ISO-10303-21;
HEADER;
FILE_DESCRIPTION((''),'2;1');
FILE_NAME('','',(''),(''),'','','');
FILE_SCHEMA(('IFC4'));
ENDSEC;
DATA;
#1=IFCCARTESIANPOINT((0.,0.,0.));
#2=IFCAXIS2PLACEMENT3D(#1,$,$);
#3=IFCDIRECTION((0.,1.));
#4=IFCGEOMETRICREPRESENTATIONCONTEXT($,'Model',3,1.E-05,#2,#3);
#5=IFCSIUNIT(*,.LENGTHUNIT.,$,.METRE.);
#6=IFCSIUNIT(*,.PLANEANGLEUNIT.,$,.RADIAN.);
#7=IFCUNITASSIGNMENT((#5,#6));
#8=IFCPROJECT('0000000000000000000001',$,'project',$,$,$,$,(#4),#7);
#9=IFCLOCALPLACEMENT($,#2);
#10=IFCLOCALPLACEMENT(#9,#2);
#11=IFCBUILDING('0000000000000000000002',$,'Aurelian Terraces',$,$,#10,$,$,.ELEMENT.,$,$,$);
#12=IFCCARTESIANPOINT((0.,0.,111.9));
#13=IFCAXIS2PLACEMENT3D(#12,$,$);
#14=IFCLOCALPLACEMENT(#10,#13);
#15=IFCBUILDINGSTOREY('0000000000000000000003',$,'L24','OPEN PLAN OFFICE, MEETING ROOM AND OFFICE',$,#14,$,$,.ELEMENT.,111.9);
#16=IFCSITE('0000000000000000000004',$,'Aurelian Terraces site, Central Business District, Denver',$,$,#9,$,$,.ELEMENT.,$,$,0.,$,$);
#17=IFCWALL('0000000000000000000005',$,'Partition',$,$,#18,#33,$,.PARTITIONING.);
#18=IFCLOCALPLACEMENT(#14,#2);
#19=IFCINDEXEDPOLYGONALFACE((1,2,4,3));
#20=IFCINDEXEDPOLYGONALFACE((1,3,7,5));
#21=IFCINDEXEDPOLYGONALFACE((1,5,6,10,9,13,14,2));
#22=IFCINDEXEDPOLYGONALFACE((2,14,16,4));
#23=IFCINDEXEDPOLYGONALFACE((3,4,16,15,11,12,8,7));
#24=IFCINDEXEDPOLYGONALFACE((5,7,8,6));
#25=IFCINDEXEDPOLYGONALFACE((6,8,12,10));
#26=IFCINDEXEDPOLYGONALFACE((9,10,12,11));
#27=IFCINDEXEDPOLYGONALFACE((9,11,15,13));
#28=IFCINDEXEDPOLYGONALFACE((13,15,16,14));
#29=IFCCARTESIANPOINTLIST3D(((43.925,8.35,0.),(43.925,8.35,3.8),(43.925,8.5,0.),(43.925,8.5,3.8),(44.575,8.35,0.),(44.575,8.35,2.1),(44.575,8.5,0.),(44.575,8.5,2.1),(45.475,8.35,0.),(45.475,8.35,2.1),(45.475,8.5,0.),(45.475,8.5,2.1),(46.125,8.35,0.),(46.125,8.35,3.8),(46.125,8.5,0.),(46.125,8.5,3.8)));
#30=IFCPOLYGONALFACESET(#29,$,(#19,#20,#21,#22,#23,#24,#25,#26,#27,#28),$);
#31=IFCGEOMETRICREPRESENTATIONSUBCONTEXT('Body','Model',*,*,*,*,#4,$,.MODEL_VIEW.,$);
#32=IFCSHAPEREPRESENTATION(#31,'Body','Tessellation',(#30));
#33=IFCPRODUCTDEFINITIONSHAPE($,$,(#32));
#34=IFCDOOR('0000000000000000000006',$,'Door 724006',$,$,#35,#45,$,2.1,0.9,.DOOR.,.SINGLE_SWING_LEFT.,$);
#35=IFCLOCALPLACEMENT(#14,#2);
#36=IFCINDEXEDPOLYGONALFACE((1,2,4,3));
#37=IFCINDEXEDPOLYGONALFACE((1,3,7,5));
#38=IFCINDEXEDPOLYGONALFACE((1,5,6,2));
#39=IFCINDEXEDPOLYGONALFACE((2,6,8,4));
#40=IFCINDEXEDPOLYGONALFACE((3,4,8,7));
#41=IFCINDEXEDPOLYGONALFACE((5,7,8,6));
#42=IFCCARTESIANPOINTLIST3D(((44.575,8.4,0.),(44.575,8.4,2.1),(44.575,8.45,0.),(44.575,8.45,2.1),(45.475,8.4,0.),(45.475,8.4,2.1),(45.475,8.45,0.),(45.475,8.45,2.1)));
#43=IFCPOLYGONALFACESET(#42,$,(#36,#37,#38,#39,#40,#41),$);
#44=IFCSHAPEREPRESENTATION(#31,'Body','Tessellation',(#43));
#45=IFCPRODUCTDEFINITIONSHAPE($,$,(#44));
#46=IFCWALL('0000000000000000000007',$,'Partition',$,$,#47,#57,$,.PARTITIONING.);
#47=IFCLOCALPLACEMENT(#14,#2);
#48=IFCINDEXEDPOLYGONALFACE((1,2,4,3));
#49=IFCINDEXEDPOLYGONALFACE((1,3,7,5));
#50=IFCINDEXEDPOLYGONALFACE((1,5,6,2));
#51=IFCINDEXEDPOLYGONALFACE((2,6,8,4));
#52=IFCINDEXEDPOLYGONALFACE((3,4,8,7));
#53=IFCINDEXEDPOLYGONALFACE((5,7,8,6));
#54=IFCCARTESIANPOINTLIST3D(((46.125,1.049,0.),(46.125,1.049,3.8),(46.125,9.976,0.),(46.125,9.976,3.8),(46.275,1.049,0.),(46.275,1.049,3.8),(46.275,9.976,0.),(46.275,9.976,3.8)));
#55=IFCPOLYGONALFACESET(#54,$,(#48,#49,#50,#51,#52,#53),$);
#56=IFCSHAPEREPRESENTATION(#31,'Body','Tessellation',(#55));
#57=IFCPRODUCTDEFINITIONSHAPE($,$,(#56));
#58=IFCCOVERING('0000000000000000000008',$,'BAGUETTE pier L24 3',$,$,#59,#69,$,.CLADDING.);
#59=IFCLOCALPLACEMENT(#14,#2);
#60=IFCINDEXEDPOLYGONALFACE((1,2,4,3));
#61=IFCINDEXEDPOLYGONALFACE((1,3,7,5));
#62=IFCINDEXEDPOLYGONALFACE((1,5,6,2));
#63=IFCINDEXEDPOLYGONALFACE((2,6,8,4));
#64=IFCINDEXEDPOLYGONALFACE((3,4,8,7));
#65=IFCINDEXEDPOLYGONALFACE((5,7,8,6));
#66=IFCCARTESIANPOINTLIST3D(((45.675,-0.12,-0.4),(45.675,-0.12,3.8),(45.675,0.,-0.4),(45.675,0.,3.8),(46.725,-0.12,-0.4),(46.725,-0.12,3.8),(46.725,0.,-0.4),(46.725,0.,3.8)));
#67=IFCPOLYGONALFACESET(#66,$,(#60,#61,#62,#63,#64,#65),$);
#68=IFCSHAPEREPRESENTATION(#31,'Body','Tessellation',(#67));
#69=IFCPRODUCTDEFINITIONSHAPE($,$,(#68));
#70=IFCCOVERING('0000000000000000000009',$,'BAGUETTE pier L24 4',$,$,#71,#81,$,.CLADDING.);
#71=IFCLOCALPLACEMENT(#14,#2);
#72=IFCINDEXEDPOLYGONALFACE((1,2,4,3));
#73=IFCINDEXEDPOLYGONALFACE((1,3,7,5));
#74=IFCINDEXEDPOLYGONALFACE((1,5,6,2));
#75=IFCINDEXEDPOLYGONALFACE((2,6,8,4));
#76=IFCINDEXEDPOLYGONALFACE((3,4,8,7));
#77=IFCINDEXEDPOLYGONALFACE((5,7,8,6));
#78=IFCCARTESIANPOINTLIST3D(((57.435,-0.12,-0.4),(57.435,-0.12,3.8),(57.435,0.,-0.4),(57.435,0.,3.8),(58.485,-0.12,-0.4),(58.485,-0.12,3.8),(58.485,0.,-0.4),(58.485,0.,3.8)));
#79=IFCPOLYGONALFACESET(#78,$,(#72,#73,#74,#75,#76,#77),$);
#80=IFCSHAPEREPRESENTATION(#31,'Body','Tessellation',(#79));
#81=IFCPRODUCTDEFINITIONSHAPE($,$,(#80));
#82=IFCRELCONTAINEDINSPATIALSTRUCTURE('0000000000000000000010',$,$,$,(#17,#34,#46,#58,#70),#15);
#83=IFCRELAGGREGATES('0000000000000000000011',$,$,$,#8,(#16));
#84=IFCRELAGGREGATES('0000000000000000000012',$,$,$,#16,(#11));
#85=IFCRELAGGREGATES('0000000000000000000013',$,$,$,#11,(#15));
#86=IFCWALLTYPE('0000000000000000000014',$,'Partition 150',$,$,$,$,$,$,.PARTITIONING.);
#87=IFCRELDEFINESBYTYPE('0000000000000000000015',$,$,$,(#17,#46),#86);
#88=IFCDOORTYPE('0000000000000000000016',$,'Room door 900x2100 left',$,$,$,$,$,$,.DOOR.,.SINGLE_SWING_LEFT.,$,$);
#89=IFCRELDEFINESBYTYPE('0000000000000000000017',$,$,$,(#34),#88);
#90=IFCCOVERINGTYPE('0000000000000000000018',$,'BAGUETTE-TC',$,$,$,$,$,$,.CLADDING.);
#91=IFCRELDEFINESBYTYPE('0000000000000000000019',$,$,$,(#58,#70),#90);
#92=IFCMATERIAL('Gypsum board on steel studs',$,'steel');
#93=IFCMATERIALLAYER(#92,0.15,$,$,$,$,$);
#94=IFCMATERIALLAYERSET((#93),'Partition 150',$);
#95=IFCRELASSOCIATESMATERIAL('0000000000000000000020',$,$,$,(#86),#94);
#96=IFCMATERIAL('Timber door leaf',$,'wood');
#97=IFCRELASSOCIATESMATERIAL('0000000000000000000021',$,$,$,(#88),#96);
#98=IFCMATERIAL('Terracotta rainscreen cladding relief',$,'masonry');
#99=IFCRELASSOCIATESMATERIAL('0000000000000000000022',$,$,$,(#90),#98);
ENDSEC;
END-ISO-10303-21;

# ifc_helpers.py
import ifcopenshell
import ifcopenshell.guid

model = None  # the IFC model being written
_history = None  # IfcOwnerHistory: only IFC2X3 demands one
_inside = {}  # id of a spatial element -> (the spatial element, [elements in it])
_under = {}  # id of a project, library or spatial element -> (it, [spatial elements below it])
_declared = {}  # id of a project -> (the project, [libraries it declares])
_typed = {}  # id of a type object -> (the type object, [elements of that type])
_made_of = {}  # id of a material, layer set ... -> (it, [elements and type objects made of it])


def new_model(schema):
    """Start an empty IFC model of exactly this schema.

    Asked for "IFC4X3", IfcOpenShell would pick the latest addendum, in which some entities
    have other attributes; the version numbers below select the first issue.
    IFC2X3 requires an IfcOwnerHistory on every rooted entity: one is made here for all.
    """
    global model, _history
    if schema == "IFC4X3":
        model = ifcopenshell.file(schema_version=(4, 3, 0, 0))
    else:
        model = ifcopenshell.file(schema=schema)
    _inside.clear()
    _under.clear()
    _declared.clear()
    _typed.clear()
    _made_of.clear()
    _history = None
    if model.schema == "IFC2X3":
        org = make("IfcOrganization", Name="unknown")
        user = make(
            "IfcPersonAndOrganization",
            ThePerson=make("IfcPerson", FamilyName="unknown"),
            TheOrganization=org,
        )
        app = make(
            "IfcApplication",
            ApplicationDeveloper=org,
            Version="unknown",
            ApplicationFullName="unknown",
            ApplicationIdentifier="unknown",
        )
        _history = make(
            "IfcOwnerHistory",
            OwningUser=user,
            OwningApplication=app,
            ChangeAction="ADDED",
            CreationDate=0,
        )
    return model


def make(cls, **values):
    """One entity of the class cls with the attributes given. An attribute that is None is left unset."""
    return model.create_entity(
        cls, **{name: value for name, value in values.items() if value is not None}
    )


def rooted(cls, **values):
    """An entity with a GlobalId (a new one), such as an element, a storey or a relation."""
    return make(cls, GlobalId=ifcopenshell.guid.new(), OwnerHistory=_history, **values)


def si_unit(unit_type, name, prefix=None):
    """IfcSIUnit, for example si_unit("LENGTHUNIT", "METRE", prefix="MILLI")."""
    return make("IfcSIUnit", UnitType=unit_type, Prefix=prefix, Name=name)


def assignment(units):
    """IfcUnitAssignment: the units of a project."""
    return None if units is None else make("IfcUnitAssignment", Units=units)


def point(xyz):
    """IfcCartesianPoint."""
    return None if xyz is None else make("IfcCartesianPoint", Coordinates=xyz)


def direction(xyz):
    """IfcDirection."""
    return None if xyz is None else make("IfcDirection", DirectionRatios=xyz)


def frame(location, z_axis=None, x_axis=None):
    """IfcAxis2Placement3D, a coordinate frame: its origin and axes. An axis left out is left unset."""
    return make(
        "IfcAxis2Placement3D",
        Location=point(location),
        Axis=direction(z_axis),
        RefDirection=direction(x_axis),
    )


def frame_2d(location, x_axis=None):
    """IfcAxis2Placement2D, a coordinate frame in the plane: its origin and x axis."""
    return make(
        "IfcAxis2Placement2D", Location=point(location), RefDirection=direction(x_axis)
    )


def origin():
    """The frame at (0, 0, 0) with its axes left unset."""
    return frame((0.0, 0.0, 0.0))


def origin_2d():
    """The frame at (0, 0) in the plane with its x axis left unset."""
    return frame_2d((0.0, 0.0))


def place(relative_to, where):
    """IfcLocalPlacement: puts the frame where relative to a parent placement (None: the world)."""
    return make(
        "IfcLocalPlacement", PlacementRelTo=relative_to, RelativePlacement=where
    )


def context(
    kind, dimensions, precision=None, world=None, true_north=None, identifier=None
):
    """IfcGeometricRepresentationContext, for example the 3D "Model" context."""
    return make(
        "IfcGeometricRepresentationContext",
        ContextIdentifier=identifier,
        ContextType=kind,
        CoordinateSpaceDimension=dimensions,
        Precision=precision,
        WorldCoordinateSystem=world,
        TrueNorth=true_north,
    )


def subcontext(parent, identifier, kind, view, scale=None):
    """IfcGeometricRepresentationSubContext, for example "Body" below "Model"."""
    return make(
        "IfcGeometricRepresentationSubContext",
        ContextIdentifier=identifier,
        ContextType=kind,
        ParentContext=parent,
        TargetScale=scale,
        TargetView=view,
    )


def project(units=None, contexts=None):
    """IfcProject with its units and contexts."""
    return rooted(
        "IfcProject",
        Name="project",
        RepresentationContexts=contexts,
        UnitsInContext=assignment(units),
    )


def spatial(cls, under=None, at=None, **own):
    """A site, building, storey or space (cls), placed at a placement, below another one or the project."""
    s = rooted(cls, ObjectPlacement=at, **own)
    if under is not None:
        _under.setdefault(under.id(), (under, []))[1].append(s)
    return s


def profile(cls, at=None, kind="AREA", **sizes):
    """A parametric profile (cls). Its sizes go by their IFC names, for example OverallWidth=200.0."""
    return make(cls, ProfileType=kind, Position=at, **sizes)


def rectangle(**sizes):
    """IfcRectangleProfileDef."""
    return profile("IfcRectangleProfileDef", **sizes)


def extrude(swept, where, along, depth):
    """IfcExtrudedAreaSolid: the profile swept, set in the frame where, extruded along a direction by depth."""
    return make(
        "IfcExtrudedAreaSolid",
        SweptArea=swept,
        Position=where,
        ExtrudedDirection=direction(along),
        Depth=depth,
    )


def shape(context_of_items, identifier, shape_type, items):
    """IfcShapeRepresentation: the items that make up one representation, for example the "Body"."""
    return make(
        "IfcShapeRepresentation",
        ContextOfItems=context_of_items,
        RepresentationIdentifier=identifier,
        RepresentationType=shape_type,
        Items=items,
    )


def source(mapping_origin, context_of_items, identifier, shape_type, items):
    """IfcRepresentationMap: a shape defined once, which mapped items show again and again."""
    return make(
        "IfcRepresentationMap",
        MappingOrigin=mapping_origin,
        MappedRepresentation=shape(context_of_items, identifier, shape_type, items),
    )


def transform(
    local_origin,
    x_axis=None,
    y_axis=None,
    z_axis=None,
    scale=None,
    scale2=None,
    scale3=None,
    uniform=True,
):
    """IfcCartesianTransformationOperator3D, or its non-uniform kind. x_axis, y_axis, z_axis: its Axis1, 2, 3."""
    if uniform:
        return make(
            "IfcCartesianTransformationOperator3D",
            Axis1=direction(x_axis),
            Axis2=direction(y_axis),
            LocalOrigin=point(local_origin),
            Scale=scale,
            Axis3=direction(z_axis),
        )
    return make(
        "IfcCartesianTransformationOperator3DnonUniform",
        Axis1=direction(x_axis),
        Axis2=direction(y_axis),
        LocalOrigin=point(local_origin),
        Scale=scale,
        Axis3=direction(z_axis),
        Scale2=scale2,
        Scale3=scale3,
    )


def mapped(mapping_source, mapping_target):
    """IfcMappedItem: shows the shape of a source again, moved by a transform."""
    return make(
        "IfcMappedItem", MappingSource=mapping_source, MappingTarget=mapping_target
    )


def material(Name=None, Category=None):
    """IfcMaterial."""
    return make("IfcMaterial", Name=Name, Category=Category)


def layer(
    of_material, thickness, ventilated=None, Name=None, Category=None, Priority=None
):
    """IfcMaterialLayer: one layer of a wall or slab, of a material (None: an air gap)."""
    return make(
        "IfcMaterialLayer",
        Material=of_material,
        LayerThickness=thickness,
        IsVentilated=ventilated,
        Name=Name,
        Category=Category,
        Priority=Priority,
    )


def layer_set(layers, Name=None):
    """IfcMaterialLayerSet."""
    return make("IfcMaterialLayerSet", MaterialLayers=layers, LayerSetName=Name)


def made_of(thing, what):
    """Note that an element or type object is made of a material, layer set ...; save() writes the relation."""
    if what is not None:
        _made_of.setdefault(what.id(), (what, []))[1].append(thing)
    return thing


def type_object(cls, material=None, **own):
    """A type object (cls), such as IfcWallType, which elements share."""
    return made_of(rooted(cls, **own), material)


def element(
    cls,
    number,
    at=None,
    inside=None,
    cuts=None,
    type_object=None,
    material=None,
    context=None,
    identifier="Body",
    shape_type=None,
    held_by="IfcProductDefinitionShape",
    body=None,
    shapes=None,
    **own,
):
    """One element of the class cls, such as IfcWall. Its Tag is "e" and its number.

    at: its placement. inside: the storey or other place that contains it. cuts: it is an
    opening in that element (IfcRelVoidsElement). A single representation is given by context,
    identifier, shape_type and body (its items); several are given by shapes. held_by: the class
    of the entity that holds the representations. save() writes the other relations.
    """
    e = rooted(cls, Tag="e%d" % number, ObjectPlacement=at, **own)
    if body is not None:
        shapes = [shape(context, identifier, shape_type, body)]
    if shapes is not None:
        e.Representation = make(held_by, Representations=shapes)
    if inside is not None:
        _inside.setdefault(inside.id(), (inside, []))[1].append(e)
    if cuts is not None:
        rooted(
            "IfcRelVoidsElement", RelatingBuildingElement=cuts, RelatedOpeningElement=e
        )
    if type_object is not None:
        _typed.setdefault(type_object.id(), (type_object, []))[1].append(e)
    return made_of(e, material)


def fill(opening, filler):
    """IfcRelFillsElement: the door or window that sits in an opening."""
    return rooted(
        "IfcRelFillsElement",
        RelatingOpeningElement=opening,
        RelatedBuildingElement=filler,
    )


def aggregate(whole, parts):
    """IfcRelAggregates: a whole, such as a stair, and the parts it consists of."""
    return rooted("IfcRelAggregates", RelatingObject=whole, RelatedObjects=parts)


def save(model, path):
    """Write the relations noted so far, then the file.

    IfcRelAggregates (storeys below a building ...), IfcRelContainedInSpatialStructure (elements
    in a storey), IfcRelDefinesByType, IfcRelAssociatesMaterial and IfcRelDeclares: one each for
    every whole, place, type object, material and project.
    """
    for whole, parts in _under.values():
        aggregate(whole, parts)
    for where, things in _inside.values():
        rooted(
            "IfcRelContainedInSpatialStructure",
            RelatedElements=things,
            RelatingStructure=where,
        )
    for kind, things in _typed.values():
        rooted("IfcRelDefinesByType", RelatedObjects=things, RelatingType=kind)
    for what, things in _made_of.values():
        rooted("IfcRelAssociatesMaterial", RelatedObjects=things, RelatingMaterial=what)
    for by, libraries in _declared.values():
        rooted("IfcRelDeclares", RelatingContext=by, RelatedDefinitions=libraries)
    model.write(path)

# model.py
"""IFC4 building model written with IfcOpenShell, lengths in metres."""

from ifc_helpers import new_model, si_unit, direction, frame, frame_2d, origin, origin_2d, place, context, subcontext, project, spatial, rectangle, extrude, source, transform, mapped, material, layer, layer_set, type_object, element, fill, save


model = new_model("IFC4")

# Units and contexts
model_context = context("Model", 3, precision=1e-05, world=origin(), true_north=direction((0.0, 1.0)))
body_context = subcontext(model_context, "Body", "Model", "MODEL_VIEW")
ifc_project = project(units=[si_unit("LENGTHUNIT", "METRE"), si_unit("PLANEANGLEUNIT", "RADIAN")], contexts=[model_context])

# Site, building, storey
site_placement = place(None, origin())
site = spatial("IfcSite", under=ifc_project, at=site_placement, Name="Aurelian Terraces site, Central Business District, Denver", CompositionType="ELEMENT", RefElevation=0.0)
building_placement = place(site_placement, origin())
building = spatial("IfcBuilding", under=site, at=building_placement, Name="Aurelian Terraces", CompositionType="ELEMENT")
storey_placement = place(building_placement, frame((0.0, 0.0, 111.9)))
storey = spatial("IfcBuildingStorey", under=building, at=storey_placement, Name="L24", Description="OPEN PLAN OFFICE, MEETING ROOM AND OFFICE", CompositionType="ELEMENT", Elevation=111.9)

# Shared definitions
ifc_material_1 = material(Name="Timber door leaf", Category="wood")

# Shared definitions
ifc_material_2 = material(Name="Gypsum board on steel studs", Category="steel")

# Wall, opening, door
ifc_layer_1 = layer(ifc_material_2, 0.15)
ifc_layer_set_1 = layer_set([ifc_layer_1], Name="Partition 150")
wall_type_1 = type_object("IfcWallType", Name="Partition 150", PredefinedType="PARTITIONING", material=ifc_layer_set_1)
shared_shape_1 = source(origin(), body_context, "Body", "SweptSolid", [
    extrude(rectangle(XDim=2.2, YDim=0.15, at=frame_2d((1.1, 0.0))), origin(), (0.0, 0.0, 1.0), 3.8),
])
wall_1_placement = place(storey_placement, frame((46.125, 8.425, 0.0), z_axis=(0.0, 0.0, 1.0), x_axis=(-1.0, 0.0, 0.0)))
wall_1 = element("IfcWall", 1, at=wall_1_placement, inside=storey, type_object=wall_type_1, Name="Partition", PredefinedType="PARTITIONING", context=body_context, shape_type="MappedRepresentation", body=[
    mapped(shared_shape_1, transform((0.0, 0.0, 0.0), scale=1.0)),
])
shared_shape_2 = source(origin(), body_context, "Body", "SweptSolid", [
    extrude(rectangle(XDim=0.9, YDim=2.1, at=frame_2d((0.45, 1.05))), frame((0.0, 0.085, 0.0), z_axis=(0.0, -1.0, 0.0), x_axis=(1.0, 0.0, 0.0)), (0.0, 0.0, 1.0), 0.17),
])
opening_1_placement = place(wall_1_placement, frame((0.65, 0.0, 0.0)))
opening_1 = element("IfcOpeningElement", 2, at=opening_1_placement, cuts=wall_1, PredefinedType="OPENING", context=body_context, shape_type="MappedRepresentation", body=[
    mapped(shared_shape_2, transform((0.0, 0.0, 0.0), scale=1.0)),
])
door_type_1 = type_object("IfcDoorType", Name="Room door 900x2100 left", OperationType="SINGLE_SWING_LEFT", PredefinedType="DOOR", material=ifc_material_1)
shared_shape_3 = source(origin(), body_context, "Body", "SweptSolid", [
    extrude(rectangle(XDim=0.9, YDim=2.1, at=frame_2d((0.45, 1.05))), frame((0.0, 0.025, 0.0), z_axis=(0.0, -1.0, 0.0), x_axis=(1.0, 0.0, 0.0)), (0.0, 0.0, 1.0), 0.05),
])
door_1_placement = place(opening_1_placement, origin())
door_1 = element("IfcDoor", 3, at=door_1_placement, inside=storey, type_object=door_type_1, Name="Door 724006", OperationType="SINGLE_SWING_LEFT", OverallHeight=2.1, OverallWidth=0.9, PredefinedType="DOOR", context=body_context, shape_type="MappedRepresentation", body=[
    mapped(shared_shape_3, transform((0.0, 0.0, 0.0), scale=1.0)),
])
fill(opening_1, door_1)

# Wall
shared_shape_4 = source(origin(), body_context, "Body", "SweptSolid", [
    extrude(rectangle(XDim=8.927, YDim=0.15, at=frame_2d((4.4635, 0.0))), origin(), (0.0, 0.0, 1.0), 3.8),
])
wall_2_placement = place(storey_placement, frame((46.2, 1.049, 0.0), z_axis=(0.0, 0.0, 1.0), x_axis=(0.0, 1.0, 0.0)))
element("IfcWall", 4, at=wall_2_placement, inside=storey, type_object=wall_type_1, Name="Partition", PredefinedType="PARTITIONING", context=body_context, shape_type="MappedRepresentation", body=[
    mapped(shared_shape_4, transform((0.0, 0.0, 0.0), scale=1.0)),
])

# Coverings
ifc_material_3 = material(Name="Terracotta rainscreen cladding relief", Category="masonry")
covering_type = type_object("IfcCoveringType", Name="BAGUETTE-TC", PredefinedType="CLADDING", material=ifc_material_3)
shared_shape_5 = source(origin(), body_context, "Body", "SweptSolid", [
    extrude(rectangle(XDim=1.05, YDim=0.12, at=origin_2d()), origin(), (0.0, 0.0, 1.0), 4.2),
])
for number, where, z_axis, x_axis, name in (
    (5, (46.2, -0.06, -0.4), (0.0, 0.0, 1.0), (1.0, 0.0, 0.0), "BAGUETTE pier L24 3"),
    (6, (57.96, -0.06, -0.4), (0.0, 0.0, 1.0), (1.0, 0.0, 0.0), "BAGUETTE pier L24 4"),
):
    element("IfcCovering", number, at=place(storey_placement, frame(where, z_axis=z_axis, x_axis=x_axis)), inside=storey, type_object=covering_type, Name=name, PredefinedType="CLADDING", context=body_context, shape_type="MappedRepresentation", body=[
        mapped(shared_shape_5, transform((0.0, 0.0, 0.0), scale=1.0)),
    ])

save(model, "model.ifc")
